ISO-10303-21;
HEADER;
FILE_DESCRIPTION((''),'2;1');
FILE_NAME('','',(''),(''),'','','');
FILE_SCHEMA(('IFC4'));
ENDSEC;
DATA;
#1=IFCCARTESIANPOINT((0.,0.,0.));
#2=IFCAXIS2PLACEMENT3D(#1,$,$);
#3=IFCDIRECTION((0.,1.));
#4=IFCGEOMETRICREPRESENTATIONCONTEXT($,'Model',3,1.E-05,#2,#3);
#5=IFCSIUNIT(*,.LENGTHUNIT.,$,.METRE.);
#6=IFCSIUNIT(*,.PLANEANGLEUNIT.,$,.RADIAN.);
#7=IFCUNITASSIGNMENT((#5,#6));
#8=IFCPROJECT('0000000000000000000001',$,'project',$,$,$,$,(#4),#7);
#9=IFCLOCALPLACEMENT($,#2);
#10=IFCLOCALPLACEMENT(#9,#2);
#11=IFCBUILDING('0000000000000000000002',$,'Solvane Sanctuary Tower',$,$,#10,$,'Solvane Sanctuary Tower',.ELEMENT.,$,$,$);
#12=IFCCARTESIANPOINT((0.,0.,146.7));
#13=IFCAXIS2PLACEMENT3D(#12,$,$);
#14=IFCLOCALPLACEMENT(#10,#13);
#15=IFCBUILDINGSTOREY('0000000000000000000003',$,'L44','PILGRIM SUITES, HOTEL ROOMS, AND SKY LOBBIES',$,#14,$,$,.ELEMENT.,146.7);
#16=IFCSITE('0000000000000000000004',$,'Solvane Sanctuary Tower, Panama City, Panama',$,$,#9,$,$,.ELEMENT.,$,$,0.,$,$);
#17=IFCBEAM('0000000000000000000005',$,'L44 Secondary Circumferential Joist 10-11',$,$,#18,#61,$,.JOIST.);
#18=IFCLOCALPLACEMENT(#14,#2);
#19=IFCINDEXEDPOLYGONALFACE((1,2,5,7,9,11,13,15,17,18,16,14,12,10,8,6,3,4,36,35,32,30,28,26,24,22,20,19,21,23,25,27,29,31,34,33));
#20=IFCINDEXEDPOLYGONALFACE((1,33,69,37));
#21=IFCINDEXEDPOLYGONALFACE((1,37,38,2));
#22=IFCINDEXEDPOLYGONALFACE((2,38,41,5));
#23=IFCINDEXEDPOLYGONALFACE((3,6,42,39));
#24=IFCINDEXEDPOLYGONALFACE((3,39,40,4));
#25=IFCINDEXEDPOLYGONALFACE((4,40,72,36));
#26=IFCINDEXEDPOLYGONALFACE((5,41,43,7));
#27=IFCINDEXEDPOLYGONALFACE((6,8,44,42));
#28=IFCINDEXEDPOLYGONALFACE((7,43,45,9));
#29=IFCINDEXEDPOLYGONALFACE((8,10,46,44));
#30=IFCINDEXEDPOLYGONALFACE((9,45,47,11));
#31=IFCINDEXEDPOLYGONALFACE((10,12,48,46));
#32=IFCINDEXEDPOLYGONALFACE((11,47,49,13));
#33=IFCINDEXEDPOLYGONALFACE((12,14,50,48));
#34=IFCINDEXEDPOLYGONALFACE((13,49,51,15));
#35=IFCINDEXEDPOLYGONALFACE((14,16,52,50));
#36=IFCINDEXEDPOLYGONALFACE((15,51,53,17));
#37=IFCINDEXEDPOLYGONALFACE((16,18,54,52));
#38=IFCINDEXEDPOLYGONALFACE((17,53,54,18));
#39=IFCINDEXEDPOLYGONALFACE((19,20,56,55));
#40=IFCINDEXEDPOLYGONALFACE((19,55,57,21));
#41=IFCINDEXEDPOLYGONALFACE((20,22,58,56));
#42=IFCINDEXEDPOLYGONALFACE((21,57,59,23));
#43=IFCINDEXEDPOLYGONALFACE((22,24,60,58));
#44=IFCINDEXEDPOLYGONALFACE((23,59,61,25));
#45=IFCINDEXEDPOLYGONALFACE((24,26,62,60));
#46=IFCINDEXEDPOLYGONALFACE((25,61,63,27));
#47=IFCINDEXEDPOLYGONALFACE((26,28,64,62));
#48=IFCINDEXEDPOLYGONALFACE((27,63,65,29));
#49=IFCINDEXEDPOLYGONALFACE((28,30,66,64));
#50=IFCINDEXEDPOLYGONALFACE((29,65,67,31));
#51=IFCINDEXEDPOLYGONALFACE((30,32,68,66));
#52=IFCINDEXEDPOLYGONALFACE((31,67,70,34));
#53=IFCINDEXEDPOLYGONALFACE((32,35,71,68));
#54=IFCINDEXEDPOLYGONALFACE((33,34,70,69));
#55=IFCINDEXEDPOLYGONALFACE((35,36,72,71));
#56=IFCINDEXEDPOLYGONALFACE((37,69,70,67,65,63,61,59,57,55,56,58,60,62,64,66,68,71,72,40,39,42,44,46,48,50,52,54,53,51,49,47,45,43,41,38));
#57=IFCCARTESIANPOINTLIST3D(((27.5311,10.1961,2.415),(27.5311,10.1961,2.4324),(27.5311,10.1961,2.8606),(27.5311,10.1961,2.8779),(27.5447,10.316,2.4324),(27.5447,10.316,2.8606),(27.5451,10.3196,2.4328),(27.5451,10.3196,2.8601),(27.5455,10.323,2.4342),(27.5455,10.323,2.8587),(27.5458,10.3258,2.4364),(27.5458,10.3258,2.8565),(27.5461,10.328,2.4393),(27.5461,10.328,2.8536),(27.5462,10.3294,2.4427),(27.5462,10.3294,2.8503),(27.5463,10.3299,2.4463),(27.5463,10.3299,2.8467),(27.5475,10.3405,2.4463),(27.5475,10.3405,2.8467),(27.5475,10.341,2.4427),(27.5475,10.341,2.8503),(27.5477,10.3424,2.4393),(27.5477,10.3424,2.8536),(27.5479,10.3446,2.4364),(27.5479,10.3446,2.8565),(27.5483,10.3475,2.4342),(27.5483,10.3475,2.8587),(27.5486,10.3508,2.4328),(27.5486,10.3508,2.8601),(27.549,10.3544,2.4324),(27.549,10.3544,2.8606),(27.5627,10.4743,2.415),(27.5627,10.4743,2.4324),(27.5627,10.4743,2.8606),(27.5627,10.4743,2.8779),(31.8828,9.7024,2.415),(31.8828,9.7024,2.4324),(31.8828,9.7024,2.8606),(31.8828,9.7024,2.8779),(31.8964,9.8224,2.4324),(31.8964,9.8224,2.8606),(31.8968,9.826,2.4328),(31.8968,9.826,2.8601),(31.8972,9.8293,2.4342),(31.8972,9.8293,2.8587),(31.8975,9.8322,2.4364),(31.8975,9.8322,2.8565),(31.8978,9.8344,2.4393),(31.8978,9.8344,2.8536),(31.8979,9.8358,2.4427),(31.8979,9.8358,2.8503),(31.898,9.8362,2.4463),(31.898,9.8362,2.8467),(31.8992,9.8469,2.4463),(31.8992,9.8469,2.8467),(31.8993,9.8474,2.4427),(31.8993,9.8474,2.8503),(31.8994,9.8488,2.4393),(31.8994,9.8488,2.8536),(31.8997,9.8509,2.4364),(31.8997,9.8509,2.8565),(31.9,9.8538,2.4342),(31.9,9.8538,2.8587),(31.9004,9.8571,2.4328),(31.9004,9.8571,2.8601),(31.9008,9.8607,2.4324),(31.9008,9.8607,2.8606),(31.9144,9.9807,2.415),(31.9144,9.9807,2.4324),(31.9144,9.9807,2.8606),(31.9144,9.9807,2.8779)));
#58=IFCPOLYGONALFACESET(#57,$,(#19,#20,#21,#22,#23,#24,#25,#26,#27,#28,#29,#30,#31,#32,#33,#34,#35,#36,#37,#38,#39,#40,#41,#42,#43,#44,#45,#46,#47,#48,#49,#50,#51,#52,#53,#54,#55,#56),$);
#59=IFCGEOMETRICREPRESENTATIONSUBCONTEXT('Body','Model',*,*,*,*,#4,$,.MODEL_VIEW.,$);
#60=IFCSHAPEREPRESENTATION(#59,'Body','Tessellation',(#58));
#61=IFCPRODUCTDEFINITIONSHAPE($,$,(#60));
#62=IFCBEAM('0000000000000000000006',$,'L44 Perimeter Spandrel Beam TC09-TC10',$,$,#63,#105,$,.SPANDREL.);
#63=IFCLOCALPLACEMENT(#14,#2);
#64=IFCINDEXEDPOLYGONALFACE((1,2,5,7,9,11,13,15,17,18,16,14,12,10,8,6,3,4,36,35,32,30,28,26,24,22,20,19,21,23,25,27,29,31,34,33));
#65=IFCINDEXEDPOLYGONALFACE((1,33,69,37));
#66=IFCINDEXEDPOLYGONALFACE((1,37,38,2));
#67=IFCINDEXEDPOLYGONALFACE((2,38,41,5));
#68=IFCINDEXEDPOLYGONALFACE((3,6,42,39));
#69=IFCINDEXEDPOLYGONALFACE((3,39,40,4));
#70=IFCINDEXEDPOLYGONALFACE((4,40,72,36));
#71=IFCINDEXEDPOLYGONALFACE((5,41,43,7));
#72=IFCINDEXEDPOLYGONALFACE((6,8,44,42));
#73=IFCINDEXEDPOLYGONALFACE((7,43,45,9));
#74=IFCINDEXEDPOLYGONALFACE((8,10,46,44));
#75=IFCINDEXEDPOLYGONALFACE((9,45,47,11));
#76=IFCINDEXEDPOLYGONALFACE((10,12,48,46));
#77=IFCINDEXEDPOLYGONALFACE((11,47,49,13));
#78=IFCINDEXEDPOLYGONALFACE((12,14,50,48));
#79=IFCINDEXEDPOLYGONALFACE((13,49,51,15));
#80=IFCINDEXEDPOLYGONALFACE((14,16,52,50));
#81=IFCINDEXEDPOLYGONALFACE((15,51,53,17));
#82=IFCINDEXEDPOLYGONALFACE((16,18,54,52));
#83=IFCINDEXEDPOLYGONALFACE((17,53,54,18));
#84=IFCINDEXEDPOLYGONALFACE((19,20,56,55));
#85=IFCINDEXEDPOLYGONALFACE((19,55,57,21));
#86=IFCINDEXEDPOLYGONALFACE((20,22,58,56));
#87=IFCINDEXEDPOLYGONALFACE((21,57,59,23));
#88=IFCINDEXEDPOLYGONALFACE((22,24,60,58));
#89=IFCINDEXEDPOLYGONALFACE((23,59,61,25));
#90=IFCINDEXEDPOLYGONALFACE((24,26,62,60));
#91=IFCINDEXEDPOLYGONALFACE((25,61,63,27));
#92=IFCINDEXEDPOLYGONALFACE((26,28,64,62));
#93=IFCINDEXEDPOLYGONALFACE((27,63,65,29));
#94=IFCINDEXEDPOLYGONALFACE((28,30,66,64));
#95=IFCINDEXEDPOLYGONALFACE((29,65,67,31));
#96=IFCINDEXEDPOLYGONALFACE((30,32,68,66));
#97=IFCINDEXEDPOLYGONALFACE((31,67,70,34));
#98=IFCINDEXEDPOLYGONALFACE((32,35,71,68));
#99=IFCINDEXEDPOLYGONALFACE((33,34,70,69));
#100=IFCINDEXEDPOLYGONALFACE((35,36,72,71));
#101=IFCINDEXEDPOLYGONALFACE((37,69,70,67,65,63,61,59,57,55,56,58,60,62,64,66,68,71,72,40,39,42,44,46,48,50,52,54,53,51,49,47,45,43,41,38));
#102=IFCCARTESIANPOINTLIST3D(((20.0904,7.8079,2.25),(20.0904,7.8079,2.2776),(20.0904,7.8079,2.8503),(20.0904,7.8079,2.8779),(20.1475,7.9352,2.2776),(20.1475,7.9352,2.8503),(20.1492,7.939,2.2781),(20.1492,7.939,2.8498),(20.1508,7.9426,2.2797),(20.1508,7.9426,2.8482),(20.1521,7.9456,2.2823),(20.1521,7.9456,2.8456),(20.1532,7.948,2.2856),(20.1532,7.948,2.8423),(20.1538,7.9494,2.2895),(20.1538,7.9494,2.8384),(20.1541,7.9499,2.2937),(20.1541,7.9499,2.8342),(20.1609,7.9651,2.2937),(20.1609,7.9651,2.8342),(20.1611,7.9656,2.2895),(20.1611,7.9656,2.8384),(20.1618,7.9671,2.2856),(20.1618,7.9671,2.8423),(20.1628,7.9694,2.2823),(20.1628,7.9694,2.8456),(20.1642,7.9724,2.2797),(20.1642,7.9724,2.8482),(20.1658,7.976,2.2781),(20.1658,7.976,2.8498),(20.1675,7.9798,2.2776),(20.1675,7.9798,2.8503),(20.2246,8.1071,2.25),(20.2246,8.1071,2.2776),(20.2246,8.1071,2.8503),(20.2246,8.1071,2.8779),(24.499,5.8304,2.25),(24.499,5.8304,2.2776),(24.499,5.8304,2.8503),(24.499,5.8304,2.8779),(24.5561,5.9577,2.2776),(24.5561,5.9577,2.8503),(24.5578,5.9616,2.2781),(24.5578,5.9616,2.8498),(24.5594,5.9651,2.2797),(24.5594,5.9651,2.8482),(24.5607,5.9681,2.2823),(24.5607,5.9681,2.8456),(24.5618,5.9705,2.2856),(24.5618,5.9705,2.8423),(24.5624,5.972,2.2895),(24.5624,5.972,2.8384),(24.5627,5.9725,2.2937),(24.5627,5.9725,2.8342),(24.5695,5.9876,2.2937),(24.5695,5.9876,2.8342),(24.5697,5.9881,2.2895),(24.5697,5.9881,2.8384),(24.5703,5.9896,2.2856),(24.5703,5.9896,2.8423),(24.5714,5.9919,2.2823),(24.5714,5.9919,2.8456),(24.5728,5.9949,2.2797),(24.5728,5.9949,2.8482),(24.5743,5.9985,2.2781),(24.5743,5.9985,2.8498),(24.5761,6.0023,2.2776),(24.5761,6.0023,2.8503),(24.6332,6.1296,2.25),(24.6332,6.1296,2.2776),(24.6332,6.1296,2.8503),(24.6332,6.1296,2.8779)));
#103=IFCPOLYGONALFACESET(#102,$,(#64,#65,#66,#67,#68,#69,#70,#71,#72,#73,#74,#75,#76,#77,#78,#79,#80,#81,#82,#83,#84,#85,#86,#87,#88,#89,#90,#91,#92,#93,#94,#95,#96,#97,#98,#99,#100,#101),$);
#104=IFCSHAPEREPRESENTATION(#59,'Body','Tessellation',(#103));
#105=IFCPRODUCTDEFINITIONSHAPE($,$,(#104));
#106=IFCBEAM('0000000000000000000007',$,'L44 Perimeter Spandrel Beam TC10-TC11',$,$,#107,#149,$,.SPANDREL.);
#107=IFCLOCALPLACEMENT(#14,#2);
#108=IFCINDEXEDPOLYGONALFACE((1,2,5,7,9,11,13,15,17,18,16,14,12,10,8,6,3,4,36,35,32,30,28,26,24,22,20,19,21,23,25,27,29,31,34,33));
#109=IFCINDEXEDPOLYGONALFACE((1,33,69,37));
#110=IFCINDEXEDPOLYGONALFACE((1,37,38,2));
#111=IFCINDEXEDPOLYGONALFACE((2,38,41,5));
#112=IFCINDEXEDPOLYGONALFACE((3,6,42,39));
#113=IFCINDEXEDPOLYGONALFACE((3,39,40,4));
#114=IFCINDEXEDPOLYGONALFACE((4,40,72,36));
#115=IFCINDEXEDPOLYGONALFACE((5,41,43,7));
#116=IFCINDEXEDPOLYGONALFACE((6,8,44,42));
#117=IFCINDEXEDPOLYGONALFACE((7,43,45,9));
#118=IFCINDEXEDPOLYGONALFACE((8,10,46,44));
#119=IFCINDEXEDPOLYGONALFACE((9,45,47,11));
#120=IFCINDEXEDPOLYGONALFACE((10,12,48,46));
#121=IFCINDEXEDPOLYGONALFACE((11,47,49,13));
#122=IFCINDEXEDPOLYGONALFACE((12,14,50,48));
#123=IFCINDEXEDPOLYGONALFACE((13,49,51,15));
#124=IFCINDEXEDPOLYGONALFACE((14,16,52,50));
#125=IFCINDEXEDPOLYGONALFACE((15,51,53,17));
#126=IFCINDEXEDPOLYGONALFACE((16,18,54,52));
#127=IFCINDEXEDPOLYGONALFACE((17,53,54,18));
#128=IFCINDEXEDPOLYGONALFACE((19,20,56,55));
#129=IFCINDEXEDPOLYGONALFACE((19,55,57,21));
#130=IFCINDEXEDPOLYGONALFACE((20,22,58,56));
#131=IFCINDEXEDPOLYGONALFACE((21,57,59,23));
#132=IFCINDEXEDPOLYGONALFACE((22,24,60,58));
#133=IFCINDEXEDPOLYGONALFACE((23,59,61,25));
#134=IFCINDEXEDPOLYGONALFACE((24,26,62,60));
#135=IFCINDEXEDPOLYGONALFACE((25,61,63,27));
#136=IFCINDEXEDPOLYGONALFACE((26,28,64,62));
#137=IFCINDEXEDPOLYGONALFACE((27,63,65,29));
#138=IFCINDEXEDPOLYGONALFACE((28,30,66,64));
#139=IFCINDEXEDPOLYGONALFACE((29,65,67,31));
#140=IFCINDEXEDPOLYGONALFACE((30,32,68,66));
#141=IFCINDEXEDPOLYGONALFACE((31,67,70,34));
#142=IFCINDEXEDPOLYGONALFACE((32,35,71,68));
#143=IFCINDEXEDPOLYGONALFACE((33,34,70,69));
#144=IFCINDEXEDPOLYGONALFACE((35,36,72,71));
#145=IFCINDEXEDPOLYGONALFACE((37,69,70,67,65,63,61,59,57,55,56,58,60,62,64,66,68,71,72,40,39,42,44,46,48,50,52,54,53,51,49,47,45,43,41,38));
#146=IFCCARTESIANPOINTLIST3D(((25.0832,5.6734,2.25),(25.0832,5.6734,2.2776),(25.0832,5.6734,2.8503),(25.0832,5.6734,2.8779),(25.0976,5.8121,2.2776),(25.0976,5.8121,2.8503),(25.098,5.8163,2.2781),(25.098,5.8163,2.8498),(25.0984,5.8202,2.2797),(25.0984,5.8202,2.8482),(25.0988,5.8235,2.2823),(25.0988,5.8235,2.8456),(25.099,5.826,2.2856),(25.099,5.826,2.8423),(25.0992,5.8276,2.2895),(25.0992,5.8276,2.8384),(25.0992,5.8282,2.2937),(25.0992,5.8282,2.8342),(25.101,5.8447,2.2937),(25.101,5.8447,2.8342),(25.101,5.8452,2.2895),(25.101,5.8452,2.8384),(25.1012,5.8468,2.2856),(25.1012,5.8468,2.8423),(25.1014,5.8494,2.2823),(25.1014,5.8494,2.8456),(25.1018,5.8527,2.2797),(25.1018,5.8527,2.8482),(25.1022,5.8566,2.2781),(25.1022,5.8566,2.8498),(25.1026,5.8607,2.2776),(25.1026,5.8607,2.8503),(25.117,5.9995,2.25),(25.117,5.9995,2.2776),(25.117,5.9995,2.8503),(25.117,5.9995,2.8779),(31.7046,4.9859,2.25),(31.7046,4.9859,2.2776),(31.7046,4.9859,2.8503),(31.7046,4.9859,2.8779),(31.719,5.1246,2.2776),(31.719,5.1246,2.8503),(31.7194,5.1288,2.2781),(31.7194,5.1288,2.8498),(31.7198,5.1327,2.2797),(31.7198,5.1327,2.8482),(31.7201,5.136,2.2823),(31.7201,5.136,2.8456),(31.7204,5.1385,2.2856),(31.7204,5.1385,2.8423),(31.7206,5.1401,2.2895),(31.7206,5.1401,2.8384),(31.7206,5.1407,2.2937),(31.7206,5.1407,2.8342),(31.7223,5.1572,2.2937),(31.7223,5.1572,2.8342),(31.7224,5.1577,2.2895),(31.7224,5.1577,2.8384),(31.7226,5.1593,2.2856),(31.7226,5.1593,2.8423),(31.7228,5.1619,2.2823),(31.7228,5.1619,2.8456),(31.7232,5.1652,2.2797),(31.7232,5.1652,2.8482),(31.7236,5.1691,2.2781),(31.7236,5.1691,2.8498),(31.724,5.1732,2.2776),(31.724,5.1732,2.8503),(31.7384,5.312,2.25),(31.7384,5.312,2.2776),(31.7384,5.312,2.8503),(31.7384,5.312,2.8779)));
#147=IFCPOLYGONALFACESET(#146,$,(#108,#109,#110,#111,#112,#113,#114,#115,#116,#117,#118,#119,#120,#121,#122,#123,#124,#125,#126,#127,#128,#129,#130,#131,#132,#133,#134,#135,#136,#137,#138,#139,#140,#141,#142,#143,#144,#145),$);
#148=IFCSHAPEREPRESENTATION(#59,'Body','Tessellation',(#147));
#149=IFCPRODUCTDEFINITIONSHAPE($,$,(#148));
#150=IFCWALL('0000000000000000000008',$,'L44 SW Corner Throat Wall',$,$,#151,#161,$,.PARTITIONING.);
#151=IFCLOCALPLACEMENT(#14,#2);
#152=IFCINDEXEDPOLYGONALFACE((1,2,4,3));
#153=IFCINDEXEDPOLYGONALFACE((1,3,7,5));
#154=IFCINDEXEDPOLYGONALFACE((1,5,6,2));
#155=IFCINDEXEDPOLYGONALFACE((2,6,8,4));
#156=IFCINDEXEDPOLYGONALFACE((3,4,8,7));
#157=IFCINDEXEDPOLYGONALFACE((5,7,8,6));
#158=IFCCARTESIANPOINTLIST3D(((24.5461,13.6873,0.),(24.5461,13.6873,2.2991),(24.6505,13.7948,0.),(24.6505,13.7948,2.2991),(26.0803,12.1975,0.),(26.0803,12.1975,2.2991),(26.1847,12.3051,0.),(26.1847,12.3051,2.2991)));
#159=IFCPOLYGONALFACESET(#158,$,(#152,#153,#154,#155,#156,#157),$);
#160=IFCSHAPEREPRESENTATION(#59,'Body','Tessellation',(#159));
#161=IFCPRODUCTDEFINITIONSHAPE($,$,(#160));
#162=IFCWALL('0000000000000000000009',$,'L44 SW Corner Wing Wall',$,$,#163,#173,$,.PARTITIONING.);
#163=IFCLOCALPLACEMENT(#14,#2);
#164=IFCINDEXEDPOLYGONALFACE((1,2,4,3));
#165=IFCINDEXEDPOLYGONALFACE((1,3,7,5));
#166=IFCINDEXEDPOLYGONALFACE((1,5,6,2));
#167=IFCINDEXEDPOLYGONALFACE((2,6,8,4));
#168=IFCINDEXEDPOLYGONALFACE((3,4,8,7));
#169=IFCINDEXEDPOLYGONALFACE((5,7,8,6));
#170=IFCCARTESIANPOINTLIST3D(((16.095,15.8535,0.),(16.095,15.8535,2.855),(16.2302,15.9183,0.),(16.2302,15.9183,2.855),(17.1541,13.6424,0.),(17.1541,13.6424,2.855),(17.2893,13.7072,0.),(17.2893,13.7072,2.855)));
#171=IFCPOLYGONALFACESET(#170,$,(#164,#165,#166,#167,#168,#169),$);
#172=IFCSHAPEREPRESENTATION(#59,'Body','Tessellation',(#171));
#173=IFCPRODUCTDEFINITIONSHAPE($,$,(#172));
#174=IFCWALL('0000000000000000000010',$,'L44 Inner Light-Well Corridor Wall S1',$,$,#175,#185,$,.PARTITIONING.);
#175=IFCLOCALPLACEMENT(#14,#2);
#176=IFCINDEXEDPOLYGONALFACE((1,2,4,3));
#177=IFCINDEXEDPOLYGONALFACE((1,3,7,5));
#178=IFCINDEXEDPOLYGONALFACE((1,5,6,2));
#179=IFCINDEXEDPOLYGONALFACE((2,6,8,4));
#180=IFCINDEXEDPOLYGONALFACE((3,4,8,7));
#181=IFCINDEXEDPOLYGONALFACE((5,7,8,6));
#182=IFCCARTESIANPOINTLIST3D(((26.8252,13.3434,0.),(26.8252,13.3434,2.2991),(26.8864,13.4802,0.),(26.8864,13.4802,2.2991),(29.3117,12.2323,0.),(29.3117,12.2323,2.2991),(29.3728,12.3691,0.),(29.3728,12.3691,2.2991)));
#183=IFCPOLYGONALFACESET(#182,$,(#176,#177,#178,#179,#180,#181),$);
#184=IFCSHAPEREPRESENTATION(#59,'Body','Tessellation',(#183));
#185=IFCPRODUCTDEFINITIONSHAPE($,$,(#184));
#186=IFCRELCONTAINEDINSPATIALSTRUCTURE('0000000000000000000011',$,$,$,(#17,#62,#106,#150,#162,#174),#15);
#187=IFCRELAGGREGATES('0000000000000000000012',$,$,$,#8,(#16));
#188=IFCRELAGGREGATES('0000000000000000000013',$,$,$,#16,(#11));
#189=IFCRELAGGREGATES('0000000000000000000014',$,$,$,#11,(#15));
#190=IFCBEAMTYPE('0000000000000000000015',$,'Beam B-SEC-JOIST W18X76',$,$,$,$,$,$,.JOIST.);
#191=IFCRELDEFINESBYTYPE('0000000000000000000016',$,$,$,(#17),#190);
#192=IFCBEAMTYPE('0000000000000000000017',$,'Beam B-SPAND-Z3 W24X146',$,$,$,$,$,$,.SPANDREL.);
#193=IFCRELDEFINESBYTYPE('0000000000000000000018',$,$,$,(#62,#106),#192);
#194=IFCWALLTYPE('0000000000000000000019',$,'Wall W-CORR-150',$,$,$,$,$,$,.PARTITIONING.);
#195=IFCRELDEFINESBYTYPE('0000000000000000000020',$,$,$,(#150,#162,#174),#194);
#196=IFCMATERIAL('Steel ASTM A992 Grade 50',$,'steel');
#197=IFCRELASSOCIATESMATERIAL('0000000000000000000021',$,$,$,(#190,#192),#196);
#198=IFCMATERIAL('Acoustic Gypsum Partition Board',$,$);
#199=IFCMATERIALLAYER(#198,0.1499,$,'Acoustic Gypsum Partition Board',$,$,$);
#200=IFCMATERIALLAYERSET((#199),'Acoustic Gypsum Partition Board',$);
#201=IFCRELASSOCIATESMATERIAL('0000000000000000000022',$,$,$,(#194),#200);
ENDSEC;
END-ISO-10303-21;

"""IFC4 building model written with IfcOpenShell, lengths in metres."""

from ifc_helpers import new_model, si_unit, direction, frame, frame_2d, origin, origin_2d, place, context, subcontext, project, spatial, rectangle, i_section, extrude, material, layer, layer_set, material_profile, profile_set, type_object, element, save


model = new_model("IFC4")

# Units and contexts
model_context = context("Model", 3, precision=1e-05, world=origin(), true_north=direction((0.0, 1.0)))
body_context = subcontext(model_context, "Body", "Model", "MODEL_VIEW")
ifc_project = project(units=[si_unit("LENGTHUNIT", "METRE"), si_unit("PLANEANGLEUNIT", "RADIAN")], contexts=[model_context])

# Site, building, storey
site_placement = place(None, origin())
site = spatial("IfcSite", under=ifc_project, at=site_placement, Name="Solvane Sanctuary Tower, Panama City, Panama", CompositionType="ELEMENT", RefElevation=0.0)
building_placement = place(site_placement, origin())
building = spatial("IfcBuilding", under=site, at=building_placement, Name="Solvane Sanctuary Tower", LongName="Solvane Sanctuary Tower", CompositionType="ELEMENT")
storey_placement = place(building_placement, frame((0.0, 0.0, 146.7)))
storey = spatial("IfcBuildingStorey", under=building, at=storey_placement, Name="L44", Description="PILGRIM SUITES, HOTEL ROOMS, AND SKY LOBBIES", CompositionType="ELEMENT", Elevation=146.7)

# Beams
ifc_material_1 = material(Name="Steel ASTM A992 Grade 50", Category="steel")
ifc_material_profile_1 = material_profile(ifc_material_1, i_section(OverallWidth=0.28, OverallDepth=0.4629, WebThickness=0.0107, FlangeThickness=0.0173, FilletRadius=0.0139, at=origin_2d()), Name="W18X76")
ifc_profile_set_1 = profile_set([ifc_material_profile_1], Name="Steel ASTM A992 Grade 50")
beam_type_1 = type_object("IfcBeamType", Name="Beam B-SEC-JOIST W18X76", PredefinedType="JOIST", material=ifc_profile_set_1)
beam_1_placement = place(storey_placement, frame((27.5469, 10.3352, 2.6465), z_axis=(0.993628, -0.112713, 0.0), x_axis=(0.112713, 0.993628, 0.0)))
element("IfcBeam", 1, at=beam_1_placement, inside=storey, type_object=beam_type_1, Name="L44 Secondary Circumferential Joist 10-11", PredefinedType="JOIST", context=body_context, shape_type="SweptSolid", body=[
    extrude(i_section(OverallWidth=0.28, OverallDepth=0.4629, WebThickness=0.0107, FlangeThickness=0.0173, FilletRadius=0.0139, at=origin_2d()), origin(), (0.0, 0.0, 1.0), 4.3796),
])
ifc_material_profile_2 = material_profile(ifc_material_1, i_section(OverallWidth=0.3279, OverallDepth=0.6279, WebThickness=0.0166, FlangeThickness=0.0276, FilletRadius=0.0161, at=origin_2d()), Name="W24X146")
ifc_profile_set_2 = profile_set([ifc_material_profile_2], Name="Steel ASTM A992 Grade 50")
beam_type_2 = type_object("IfcBeamType", Name="Beam B-SPAND-Z3 W24X146", PredefinedType="SPANDREL", material=ifc_profile_set_2)
beam_2_placement = place(storey_placement, frame((20.1575, 7.9575, 2.564), z_axis=(0.912414, -0.409268, 0.0), x_axis=(0.409268, 0.912414, 0.0)))
element("IfcBeam", 2, at=beam_2_placement, inside=storey, type_object=beam_type_2, Name="L44 Perimeter Spandrel Beam TC09-TC10", PredefinedType="SPANDREL", context=body_context, shape_type="SweptSolid", body=[
    extrude(i_section(OverallWidth=0.3279, OverallDepth=0.6279, WebThickness=0.0166, FlangeThickness=0.0276, FilletRadius=0.0161, at=origin_2d()), origin(), (0.0, 0.0, 1.0), 4.8318),
])
beam_3_placement = place(storey_placement, frame((25.1001, 5.8364, 2.564), z_axis=(0.994653, -0.103276, 0.0), x_axis=(0.103276, 0.994653, 0.0)))
element("IfcBeam", 3, at=beam_3_placement, inside=storey, type_object=beam_type_2, Name="L44 Perimeter Spandrel Beam TC10-TC11", PredefinedType="SPANDREL", context=body_context, shape_type="SweptSolid", body=[
    extrude(i_section(OverallWidth=0.3279, OverallDepth=0.6279, WebThickness=0.0166, FlangeThickness=0.0276, FilletRadius=0.0161, at=origin_2d()), origin(), (0.0, 0.0, 1.0), 6.657),
])

# Walls
ifc_material_2 = material(Name="Acoustic Gypsum Partition Board")
ifc_layer_1 = layer(ifc_material_2, 0.1499, Name="Acoustic Gypsum Partition Board")
ifc_layer_set_1 = layer_set([ifc_layer_1], Name="Acoustic Gypsum Partition Board")
wall_type_1 = type_object("IfcWallType", Name="Wall W-CORR-150", PredefinedType="PARTITIONING", material=ifc_layer_set_1)
wall_1_placement = place(storey_placement, frame((26.1326, 12.2512, 0.0), z_axis=(0.0, 0.0, 1.0), x_axis=(-0.71742, 0.696641, 0.0)))
element("IfcWall", 4, at=wall_1_placement, inside=storey, type_object=wall_type_1, Name="L44 SW Corner Throat Wall", PredefinedType="PARTITIONING", context=body_context, shape_type="SweptSolid", body=[
    extrude(rectangle(XDim=2.1384, YDim=0.1499, at=frame_2d((1.0693, 0.0))), origin(), (0.0, 0.0, 1.0), 2.2991),
])
wall_2_placement = place(storey_placement, frame((17.2217, 13.6748, 0.0), z_axis=(0.0, 0.0, 1.0), x_axis=(-0.431973, 0.901886, 0.0)))
element("IfcWall", 5, at=wall_2_placement, inside=storey, type_object=wall_type_1, Name="L44 SW Corner Wing Wall", PredefinedType="PARTITIONING", context=body_context, shape_type="SweptSolid", body=[
    extrude(rectangle(XDim=2.4517, YDim=0.1499, at=frame_2d((1.2258, 0.0))), origin(), (0.0, 0.0, 1.0), 2.855),
])
wall_3_placement = place(storey_placement, frame((26.8557, 13.4119, 0.0), z_axis=(0.0, 0.0, 1.0), x_axis=(0.912985, -0.407993, 0.0)))
element("IfcWall", 6, at=wall_3_placement, inside=storey, type_object=wall_type_1, Name="L44 Inner Light-Well Corridor Wall S1", PredefinedType="PARTITIONING", context=body_context, shape_type="SweptSolid", body=[
    extrude(rectangle(XDim=2.7234, YDim=0.1499, at=frame_2d((1.3618, 0.0))), origin(), (0.0, 0.0, 1.0), 2.2991),
])

save(model, "model.ifc")
